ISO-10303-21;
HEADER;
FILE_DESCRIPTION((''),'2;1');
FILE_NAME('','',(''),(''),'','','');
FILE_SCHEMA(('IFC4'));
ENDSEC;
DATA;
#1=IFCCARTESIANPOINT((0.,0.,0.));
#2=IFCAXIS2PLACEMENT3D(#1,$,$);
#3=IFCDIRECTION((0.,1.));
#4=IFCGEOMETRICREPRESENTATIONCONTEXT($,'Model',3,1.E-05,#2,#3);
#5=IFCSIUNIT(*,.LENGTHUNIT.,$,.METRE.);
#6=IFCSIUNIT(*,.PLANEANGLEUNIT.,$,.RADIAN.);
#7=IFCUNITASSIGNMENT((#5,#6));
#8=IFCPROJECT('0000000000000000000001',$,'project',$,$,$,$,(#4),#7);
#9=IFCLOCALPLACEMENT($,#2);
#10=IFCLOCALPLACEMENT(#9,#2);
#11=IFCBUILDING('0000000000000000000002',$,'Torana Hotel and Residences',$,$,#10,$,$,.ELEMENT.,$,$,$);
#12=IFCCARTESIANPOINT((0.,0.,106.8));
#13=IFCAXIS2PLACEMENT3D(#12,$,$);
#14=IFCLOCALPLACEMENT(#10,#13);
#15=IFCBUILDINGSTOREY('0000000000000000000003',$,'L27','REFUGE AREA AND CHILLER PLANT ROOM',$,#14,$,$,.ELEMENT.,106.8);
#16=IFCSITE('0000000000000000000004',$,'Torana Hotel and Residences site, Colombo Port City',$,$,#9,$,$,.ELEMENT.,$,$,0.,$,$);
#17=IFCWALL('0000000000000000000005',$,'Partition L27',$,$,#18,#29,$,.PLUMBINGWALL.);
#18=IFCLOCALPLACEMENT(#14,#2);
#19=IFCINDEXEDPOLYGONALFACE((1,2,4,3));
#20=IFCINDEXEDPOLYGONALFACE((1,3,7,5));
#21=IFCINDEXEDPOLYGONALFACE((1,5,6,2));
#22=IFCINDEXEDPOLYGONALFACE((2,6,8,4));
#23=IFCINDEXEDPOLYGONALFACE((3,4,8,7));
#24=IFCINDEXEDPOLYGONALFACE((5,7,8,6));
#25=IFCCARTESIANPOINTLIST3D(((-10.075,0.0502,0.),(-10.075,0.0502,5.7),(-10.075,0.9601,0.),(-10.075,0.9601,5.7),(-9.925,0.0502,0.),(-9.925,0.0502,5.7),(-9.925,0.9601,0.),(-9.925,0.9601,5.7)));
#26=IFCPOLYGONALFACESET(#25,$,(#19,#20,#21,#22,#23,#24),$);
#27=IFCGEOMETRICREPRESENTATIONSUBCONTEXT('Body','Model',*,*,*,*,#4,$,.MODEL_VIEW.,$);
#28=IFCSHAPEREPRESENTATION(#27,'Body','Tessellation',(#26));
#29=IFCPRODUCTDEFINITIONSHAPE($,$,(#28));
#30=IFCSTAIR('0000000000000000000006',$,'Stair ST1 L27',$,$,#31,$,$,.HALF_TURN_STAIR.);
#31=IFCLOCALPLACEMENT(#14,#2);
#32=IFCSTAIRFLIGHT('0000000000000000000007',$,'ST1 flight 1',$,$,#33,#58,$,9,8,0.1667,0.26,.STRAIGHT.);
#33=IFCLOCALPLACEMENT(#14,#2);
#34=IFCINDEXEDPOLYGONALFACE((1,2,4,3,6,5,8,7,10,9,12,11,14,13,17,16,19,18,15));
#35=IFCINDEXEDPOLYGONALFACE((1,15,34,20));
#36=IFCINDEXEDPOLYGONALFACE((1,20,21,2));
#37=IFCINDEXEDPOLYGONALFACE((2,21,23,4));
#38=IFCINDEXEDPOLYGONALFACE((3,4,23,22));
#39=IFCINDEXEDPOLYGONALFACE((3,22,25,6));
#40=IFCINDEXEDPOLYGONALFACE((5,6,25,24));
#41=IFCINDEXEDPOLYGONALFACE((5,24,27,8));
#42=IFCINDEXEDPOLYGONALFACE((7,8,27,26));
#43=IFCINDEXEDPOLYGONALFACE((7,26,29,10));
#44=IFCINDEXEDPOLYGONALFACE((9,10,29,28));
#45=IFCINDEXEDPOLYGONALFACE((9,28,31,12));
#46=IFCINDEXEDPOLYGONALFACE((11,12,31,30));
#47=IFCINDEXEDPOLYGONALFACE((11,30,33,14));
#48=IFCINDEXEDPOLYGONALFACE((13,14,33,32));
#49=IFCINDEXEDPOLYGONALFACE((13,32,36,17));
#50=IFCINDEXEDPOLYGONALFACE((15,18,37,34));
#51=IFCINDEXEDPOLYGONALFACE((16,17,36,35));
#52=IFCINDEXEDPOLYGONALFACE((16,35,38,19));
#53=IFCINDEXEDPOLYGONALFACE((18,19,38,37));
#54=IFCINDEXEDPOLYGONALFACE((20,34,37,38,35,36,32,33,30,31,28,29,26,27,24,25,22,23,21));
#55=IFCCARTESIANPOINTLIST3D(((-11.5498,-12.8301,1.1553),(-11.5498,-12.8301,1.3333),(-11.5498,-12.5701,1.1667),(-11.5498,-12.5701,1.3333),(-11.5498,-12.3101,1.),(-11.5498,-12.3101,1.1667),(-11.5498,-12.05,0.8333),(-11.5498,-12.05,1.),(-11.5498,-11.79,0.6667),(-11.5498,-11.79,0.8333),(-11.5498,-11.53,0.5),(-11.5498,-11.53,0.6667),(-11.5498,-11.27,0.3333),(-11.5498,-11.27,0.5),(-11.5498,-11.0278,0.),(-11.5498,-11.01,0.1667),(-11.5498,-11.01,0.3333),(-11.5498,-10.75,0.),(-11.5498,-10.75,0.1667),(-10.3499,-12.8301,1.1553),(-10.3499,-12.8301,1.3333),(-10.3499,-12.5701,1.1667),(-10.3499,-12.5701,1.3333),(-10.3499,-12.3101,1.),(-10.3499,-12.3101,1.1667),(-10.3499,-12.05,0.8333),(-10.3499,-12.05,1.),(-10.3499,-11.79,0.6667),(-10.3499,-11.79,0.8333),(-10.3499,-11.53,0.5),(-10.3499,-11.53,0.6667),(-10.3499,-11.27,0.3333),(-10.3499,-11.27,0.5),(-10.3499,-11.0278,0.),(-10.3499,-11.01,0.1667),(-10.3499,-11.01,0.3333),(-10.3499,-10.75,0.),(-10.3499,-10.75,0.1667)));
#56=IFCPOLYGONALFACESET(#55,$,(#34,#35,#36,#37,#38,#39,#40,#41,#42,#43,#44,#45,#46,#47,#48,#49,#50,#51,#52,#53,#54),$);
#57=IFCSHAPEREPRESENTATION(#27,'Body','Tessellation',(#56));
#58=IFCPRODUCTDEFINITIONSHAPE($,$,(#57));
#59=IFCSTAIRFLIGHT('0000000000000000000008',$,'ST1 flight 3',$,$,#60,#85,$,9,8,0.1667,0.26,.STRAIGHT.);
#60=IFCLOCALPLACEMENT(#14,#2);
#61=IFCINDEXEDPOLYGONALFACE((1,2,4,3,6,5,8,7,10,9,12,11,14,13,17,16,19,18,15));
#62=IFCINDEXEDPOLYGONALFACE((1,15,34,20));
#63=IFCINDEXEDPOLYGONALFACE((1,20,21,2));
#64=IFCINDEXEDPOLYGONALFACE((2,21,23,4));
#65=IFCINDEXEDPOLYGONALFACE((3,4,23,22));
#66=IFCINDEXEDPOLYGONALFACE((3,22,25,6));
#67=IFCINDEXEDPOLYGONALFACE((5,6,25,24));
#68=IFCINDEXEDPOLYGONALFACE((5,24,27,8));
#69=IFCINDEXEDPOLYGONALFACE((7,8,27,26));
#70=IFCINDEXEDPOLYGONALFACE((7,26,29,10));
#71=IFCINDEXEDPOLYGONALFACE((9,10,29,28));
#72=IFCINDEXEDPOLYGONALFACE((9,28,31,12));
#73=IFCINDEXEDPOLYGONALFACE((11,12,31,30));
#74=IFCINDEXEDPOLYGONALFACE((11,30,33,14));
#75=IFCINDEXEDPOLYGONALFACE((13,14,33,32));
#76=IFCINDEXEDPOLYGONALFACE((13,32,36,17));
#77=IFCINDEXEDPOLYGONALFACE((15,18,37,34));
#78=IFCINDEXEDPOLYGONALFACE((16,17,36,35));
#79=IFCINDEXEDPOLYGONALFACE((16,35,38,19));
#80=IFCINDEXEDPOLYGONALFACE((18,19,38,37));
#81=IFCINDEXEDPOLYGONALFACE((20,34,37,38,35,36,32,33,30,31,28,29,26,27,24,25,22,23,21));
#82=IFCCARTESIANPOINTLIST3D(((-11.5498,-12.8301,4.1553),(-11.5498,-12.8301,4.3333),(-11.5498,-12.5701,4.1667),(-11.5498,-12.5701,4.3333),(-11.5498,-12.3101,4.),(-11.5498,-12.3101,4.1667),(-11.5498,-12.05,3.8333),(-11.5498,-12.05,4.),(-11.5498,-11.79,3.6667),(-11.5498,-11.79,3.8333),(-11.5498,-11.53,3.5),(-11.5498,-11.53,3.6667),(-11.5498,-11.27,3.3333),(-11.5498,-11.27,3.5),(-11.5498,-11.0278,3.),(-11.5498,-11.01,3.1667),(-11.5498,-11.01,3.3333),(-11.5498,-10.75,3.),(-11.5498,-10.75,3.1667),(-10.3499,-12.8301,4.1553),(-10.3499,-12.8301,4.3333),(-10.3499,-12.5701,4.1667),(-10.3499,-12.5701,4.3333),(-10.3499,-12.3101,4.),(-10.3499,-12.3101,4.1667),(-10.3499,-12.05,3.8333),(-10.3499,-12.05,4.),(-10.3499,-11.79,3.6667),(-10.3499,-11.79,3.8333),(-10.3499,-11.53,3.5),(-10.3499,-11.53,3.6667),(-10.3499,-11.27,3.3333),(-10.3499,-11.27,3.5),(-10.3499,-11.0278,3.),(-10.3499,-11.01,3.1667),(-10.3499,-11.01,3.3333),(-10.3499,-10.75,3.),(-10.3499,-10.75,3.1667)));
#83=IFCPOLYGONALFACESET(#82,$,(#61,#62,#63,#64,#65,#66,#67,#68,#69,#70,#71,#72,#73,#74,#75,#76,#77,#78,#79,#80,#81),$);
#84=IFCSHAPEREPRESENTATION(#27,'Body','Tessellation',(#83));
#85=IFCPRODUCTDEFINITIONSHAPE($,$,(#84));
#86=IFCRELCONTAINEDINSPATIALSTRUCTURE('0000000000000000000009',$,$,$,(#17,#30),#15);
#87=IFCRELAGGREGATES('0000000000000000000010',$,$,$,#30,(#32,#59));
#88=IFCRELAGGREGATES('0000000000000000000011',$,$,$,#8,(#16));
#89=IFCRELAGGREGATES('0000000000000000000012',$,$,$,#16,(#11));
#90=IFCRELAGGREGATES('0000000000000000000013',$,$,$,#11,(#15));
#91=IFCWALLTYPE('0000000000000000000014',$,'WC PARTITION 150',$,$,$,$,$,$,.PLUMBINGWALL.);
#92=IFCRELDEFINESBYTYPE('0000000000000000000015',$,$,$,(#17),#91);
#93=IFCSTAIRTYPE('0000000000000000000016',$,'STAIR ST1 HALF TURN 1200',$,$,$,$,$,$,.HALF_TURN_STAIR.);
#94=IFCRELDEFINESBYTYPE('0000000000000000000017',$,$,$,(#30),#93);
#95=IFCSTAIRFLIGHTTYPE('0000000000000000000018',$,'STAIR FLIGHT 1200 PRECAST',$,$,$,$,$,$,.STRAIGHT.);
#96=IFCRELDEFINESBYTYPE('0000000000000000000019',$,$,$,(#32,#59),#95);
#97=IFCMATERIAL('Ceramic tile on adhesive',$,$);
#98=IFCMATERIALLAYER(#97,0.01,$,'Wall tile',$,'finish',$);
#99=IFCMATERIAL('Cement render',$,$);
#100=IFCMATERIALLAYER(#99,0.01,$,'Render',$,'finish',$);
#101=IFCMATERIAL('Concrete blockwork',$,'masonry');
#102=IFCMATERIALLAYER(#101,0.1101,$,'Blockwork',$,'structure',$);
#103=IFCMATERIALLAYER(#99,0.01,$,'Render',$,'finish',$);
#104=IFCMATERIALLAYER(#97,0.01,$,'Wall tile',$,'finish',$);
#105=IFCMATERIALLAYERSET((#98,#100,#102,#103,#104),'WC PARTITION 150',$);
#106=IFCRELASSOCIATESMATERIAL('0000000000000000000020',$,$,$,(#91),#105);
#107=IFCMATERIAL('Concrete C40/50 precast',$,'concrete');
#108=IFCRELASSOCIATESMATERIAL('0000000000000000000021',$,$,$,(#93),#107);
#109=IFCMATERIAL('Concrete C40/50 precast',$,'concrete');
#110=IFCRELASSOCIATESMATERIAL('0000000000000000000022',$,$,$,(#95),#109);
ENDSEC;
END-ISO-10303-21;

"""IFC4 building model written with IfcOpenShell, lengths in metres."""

from ifc_helpers import new_model, si_unit, direction, frame, frame_2d, origin, place, context, subcontext, project, spatial, polyline, rectangle, outline, extrude, material, layer, layer_set, type_object, element, aggregate, save


model = new_model("IFC4")

# Units and contexts
model_context = context("Model", 3, precision=1e-05, world=origin(), true_north=direction((0.0, 1.0)))
body_context = subcontext(model_context, "Body", "Model", "MODEL_VIEW")
ifc_project = project(units=[si_unit("LENGTHUNIT", "METRE"), si_unit("PLANEANGLEUNIT", "RADIAN")], contexts=[model_context])

# Site, building, storey
site_placement = place(None, origin())
site = spatial("IfcSite", under=ifc_project, at=site_placement, Name="Torana Hotel and Residences site, Colombo Port City", CompositionType="ELEMENT", RefElevation=0.0)
building_placement = place(site_placement, origin())
building = spatial("IfcBuilding", under=site, at=building_placement, Name="Torana Hotel and Residences", CompositionType="ELEMENT")
storey_placement = place(building_placement, frame((0.0, 0.0, 106.8)))
storey = spatial("IfcBuildingStorey", under=building, at=storey_placement, Name="L27", Description="REFUGE AREA AND CHILLER PLANT ROOM", CompositionType="ELEMENT", Elevation=106.8)

# Shared definitions
ifc_material_1 = material(Name="Concrete blockwork", Category="masonry")

# Wall
ifc_material_2 = material(Name="Ceramic tile on adhesive")
ifc_layer_1 = layer(ifc_material_2, 0.01, Name="Wall tile", Category="finish")
ifc_material_3 = material(Name="Cement render")
ifc_layer_2 = layer(ifc_material_3, 0.01, Name="Render", Category="finish")
ifc_layer_3 = layer(ifc_material_1, 0.1101, Name="Blockwork", Category="structure")
ifc_layer_4 = layer(ifc_material_3, 0.01, Name="Render", Category="finish")
ifc_layer_5 = layer(ifc_material_2, 0.01, Name="Wall tile", Category="finish")
ifc_layer_set_1 = layer_set([ifc_layer_1, ifc_layer_2, ifc_layer_3, ifc_layer_4, ifc_layer_5], Name="WC PARTITION 150")
wall_type_1 = type_object("IfcWallType", Name="WC PARTITION 150", PredefinedType="PLUMBINGWALL", material=ifc_layer_set_1)
wall_1_placement = place(storey_placement, frame((-10.0, 0.05, 0.0), z_axis=(0.0, 0.0, 1.0), x_axis=(0.0, 1.0, 0.0)))
element("IfcWall", 1, at=wall_1_placement, inside=storey, type_object=wall_type_1, Name="Partition L27", PredefinedType="PLUMBINGWALL", context=body_context, shape_type="SweptSolid", body=[
    extrude(rectangle(XDim=0.9099, YDim=0.1499, at=frame_2d((0.4551, 0.0))), origin(), (0.0, 0.0, 1.0), 5.7),
])

# Stair, stair flights
ifc_material_4 = material(Name="Concrete C40/50 precast", Category="concrete")
stair_type = type_object("IfcStairType", Name="STAIR ST1 HALF TURN 1200", PredefinedType="HALF_TURN_STAIR", material=ifc_material_4)
stair_placement = place(storey_placement, origin())
stair = element("IfcStair", 2, at=stair_placement, inside=storey, type_object=stair_type, Name="Stair ST1 L27", PredefinedType="HALF_TURN_STAIR")
ifc_material_5 = material(Name="Concrete C40/50 precast", Category="concrete")
stair_flight_type = type_object("IfcStairFlightType", Name="STAIR FLIGHT 1200 PRECAST", PredefinedType="STRAIGHT", material=ifc_material_5)
stair_flight_1_placement = place(storey_placement, frame((-10.95, -10.75, 0.0), z_axis=(0.0, 0.0, 1.0), x_axis=(0.0, -1.0, 0.0)))
stair_flight_1 = element("IfcStairFlight", 3, at=stair_flight_1_placement, type_object=stair_flight_type, Name="ST1 flight 1", NumberOfRisers=9, NumberOfTreads=8, PredefinedType="STRAIGHT", RiserHeight=0.1667, TreadLength=0.26, context=body_context, shape_type="SweptSolid", body=[
    extrude(outline(polyline([(0.0, 0.0), (0.0, 0.1667), (0.26, 0.1667), (0.26, 0.3333), (0.52, 0.3333), (0.52, 0.5), (0.78, 0.5), (0.78, 0.6667), (1.04, 0.6667), (1.04, 0.8333), (1.3, 0.8333), (1.3, 1.0), (1.5601, 1.0), (1.5601, 1.1667), (1.8201, 1.1667), (1.8201, 1.3333), (2.0801, 1.3333), (2.0801, 1.5), (2.0801, 1.1553), (0.2778, 0.0), (0.0, 0.0)])), frame((0.0, 0.6001, 0.0), z_axis=(0.0, -1.0, 0.0), x_axis=(1.0, 0.0, 0.0)), (0.0, 0.0, 1.0), 1.2),
])
stair_flight_2_placement = place(storey_placement, frame((-10.95, -10.75, 3.0), z_axis=(0.0, 0.0, 1.0), x_axis=(0.0, -1.0, 0.0)))
stair_flight_2 = element("IfcStairFlight", 4, at=stair_flight_2_placement, type_object=stair_flight_type, Name="ST1 flight 3", NumberOfRisers=9, NumberOfTreads=8, PredefinedType="STRAIGHT", RiserHeight=0.1667, TreadLength=0.26, context=body_context, shape_type="SweptSolid", body=[
    extrude(outline(polyline([(0.0, 0.0), (0.0, 0.1667), (0.26, 0.1667), (0.26, 0.3333), (0.52, 0.3333), (0.52, 0.5), (0.78, 0.5), (0.78, 0.6667), (1.04, 0.6667), (1.04, 0.8333), (1.3, 0.8333), (1.3, 1.0), (1.5601, 1.0), (1.5601, 1.1667), (1.8201, 1.1667), (1.8201, 1.3333), (2.0801, 1.3333), (2.0801, 1.5), (2.0801, 1.1553), (0.2778, 0.0), (0.0, 0.0)])), frame((0.0, 0.6001, 0.0), z_axis=(0.0, -1.0, 0.0), x_axis=(1.0, 0.0, 0.0)), (0.0, 0.0, 1.0), 1.2),
])
aggregate(stair, [stair_flight_1, stair_flight_2])

save(model, "model.ifc")
